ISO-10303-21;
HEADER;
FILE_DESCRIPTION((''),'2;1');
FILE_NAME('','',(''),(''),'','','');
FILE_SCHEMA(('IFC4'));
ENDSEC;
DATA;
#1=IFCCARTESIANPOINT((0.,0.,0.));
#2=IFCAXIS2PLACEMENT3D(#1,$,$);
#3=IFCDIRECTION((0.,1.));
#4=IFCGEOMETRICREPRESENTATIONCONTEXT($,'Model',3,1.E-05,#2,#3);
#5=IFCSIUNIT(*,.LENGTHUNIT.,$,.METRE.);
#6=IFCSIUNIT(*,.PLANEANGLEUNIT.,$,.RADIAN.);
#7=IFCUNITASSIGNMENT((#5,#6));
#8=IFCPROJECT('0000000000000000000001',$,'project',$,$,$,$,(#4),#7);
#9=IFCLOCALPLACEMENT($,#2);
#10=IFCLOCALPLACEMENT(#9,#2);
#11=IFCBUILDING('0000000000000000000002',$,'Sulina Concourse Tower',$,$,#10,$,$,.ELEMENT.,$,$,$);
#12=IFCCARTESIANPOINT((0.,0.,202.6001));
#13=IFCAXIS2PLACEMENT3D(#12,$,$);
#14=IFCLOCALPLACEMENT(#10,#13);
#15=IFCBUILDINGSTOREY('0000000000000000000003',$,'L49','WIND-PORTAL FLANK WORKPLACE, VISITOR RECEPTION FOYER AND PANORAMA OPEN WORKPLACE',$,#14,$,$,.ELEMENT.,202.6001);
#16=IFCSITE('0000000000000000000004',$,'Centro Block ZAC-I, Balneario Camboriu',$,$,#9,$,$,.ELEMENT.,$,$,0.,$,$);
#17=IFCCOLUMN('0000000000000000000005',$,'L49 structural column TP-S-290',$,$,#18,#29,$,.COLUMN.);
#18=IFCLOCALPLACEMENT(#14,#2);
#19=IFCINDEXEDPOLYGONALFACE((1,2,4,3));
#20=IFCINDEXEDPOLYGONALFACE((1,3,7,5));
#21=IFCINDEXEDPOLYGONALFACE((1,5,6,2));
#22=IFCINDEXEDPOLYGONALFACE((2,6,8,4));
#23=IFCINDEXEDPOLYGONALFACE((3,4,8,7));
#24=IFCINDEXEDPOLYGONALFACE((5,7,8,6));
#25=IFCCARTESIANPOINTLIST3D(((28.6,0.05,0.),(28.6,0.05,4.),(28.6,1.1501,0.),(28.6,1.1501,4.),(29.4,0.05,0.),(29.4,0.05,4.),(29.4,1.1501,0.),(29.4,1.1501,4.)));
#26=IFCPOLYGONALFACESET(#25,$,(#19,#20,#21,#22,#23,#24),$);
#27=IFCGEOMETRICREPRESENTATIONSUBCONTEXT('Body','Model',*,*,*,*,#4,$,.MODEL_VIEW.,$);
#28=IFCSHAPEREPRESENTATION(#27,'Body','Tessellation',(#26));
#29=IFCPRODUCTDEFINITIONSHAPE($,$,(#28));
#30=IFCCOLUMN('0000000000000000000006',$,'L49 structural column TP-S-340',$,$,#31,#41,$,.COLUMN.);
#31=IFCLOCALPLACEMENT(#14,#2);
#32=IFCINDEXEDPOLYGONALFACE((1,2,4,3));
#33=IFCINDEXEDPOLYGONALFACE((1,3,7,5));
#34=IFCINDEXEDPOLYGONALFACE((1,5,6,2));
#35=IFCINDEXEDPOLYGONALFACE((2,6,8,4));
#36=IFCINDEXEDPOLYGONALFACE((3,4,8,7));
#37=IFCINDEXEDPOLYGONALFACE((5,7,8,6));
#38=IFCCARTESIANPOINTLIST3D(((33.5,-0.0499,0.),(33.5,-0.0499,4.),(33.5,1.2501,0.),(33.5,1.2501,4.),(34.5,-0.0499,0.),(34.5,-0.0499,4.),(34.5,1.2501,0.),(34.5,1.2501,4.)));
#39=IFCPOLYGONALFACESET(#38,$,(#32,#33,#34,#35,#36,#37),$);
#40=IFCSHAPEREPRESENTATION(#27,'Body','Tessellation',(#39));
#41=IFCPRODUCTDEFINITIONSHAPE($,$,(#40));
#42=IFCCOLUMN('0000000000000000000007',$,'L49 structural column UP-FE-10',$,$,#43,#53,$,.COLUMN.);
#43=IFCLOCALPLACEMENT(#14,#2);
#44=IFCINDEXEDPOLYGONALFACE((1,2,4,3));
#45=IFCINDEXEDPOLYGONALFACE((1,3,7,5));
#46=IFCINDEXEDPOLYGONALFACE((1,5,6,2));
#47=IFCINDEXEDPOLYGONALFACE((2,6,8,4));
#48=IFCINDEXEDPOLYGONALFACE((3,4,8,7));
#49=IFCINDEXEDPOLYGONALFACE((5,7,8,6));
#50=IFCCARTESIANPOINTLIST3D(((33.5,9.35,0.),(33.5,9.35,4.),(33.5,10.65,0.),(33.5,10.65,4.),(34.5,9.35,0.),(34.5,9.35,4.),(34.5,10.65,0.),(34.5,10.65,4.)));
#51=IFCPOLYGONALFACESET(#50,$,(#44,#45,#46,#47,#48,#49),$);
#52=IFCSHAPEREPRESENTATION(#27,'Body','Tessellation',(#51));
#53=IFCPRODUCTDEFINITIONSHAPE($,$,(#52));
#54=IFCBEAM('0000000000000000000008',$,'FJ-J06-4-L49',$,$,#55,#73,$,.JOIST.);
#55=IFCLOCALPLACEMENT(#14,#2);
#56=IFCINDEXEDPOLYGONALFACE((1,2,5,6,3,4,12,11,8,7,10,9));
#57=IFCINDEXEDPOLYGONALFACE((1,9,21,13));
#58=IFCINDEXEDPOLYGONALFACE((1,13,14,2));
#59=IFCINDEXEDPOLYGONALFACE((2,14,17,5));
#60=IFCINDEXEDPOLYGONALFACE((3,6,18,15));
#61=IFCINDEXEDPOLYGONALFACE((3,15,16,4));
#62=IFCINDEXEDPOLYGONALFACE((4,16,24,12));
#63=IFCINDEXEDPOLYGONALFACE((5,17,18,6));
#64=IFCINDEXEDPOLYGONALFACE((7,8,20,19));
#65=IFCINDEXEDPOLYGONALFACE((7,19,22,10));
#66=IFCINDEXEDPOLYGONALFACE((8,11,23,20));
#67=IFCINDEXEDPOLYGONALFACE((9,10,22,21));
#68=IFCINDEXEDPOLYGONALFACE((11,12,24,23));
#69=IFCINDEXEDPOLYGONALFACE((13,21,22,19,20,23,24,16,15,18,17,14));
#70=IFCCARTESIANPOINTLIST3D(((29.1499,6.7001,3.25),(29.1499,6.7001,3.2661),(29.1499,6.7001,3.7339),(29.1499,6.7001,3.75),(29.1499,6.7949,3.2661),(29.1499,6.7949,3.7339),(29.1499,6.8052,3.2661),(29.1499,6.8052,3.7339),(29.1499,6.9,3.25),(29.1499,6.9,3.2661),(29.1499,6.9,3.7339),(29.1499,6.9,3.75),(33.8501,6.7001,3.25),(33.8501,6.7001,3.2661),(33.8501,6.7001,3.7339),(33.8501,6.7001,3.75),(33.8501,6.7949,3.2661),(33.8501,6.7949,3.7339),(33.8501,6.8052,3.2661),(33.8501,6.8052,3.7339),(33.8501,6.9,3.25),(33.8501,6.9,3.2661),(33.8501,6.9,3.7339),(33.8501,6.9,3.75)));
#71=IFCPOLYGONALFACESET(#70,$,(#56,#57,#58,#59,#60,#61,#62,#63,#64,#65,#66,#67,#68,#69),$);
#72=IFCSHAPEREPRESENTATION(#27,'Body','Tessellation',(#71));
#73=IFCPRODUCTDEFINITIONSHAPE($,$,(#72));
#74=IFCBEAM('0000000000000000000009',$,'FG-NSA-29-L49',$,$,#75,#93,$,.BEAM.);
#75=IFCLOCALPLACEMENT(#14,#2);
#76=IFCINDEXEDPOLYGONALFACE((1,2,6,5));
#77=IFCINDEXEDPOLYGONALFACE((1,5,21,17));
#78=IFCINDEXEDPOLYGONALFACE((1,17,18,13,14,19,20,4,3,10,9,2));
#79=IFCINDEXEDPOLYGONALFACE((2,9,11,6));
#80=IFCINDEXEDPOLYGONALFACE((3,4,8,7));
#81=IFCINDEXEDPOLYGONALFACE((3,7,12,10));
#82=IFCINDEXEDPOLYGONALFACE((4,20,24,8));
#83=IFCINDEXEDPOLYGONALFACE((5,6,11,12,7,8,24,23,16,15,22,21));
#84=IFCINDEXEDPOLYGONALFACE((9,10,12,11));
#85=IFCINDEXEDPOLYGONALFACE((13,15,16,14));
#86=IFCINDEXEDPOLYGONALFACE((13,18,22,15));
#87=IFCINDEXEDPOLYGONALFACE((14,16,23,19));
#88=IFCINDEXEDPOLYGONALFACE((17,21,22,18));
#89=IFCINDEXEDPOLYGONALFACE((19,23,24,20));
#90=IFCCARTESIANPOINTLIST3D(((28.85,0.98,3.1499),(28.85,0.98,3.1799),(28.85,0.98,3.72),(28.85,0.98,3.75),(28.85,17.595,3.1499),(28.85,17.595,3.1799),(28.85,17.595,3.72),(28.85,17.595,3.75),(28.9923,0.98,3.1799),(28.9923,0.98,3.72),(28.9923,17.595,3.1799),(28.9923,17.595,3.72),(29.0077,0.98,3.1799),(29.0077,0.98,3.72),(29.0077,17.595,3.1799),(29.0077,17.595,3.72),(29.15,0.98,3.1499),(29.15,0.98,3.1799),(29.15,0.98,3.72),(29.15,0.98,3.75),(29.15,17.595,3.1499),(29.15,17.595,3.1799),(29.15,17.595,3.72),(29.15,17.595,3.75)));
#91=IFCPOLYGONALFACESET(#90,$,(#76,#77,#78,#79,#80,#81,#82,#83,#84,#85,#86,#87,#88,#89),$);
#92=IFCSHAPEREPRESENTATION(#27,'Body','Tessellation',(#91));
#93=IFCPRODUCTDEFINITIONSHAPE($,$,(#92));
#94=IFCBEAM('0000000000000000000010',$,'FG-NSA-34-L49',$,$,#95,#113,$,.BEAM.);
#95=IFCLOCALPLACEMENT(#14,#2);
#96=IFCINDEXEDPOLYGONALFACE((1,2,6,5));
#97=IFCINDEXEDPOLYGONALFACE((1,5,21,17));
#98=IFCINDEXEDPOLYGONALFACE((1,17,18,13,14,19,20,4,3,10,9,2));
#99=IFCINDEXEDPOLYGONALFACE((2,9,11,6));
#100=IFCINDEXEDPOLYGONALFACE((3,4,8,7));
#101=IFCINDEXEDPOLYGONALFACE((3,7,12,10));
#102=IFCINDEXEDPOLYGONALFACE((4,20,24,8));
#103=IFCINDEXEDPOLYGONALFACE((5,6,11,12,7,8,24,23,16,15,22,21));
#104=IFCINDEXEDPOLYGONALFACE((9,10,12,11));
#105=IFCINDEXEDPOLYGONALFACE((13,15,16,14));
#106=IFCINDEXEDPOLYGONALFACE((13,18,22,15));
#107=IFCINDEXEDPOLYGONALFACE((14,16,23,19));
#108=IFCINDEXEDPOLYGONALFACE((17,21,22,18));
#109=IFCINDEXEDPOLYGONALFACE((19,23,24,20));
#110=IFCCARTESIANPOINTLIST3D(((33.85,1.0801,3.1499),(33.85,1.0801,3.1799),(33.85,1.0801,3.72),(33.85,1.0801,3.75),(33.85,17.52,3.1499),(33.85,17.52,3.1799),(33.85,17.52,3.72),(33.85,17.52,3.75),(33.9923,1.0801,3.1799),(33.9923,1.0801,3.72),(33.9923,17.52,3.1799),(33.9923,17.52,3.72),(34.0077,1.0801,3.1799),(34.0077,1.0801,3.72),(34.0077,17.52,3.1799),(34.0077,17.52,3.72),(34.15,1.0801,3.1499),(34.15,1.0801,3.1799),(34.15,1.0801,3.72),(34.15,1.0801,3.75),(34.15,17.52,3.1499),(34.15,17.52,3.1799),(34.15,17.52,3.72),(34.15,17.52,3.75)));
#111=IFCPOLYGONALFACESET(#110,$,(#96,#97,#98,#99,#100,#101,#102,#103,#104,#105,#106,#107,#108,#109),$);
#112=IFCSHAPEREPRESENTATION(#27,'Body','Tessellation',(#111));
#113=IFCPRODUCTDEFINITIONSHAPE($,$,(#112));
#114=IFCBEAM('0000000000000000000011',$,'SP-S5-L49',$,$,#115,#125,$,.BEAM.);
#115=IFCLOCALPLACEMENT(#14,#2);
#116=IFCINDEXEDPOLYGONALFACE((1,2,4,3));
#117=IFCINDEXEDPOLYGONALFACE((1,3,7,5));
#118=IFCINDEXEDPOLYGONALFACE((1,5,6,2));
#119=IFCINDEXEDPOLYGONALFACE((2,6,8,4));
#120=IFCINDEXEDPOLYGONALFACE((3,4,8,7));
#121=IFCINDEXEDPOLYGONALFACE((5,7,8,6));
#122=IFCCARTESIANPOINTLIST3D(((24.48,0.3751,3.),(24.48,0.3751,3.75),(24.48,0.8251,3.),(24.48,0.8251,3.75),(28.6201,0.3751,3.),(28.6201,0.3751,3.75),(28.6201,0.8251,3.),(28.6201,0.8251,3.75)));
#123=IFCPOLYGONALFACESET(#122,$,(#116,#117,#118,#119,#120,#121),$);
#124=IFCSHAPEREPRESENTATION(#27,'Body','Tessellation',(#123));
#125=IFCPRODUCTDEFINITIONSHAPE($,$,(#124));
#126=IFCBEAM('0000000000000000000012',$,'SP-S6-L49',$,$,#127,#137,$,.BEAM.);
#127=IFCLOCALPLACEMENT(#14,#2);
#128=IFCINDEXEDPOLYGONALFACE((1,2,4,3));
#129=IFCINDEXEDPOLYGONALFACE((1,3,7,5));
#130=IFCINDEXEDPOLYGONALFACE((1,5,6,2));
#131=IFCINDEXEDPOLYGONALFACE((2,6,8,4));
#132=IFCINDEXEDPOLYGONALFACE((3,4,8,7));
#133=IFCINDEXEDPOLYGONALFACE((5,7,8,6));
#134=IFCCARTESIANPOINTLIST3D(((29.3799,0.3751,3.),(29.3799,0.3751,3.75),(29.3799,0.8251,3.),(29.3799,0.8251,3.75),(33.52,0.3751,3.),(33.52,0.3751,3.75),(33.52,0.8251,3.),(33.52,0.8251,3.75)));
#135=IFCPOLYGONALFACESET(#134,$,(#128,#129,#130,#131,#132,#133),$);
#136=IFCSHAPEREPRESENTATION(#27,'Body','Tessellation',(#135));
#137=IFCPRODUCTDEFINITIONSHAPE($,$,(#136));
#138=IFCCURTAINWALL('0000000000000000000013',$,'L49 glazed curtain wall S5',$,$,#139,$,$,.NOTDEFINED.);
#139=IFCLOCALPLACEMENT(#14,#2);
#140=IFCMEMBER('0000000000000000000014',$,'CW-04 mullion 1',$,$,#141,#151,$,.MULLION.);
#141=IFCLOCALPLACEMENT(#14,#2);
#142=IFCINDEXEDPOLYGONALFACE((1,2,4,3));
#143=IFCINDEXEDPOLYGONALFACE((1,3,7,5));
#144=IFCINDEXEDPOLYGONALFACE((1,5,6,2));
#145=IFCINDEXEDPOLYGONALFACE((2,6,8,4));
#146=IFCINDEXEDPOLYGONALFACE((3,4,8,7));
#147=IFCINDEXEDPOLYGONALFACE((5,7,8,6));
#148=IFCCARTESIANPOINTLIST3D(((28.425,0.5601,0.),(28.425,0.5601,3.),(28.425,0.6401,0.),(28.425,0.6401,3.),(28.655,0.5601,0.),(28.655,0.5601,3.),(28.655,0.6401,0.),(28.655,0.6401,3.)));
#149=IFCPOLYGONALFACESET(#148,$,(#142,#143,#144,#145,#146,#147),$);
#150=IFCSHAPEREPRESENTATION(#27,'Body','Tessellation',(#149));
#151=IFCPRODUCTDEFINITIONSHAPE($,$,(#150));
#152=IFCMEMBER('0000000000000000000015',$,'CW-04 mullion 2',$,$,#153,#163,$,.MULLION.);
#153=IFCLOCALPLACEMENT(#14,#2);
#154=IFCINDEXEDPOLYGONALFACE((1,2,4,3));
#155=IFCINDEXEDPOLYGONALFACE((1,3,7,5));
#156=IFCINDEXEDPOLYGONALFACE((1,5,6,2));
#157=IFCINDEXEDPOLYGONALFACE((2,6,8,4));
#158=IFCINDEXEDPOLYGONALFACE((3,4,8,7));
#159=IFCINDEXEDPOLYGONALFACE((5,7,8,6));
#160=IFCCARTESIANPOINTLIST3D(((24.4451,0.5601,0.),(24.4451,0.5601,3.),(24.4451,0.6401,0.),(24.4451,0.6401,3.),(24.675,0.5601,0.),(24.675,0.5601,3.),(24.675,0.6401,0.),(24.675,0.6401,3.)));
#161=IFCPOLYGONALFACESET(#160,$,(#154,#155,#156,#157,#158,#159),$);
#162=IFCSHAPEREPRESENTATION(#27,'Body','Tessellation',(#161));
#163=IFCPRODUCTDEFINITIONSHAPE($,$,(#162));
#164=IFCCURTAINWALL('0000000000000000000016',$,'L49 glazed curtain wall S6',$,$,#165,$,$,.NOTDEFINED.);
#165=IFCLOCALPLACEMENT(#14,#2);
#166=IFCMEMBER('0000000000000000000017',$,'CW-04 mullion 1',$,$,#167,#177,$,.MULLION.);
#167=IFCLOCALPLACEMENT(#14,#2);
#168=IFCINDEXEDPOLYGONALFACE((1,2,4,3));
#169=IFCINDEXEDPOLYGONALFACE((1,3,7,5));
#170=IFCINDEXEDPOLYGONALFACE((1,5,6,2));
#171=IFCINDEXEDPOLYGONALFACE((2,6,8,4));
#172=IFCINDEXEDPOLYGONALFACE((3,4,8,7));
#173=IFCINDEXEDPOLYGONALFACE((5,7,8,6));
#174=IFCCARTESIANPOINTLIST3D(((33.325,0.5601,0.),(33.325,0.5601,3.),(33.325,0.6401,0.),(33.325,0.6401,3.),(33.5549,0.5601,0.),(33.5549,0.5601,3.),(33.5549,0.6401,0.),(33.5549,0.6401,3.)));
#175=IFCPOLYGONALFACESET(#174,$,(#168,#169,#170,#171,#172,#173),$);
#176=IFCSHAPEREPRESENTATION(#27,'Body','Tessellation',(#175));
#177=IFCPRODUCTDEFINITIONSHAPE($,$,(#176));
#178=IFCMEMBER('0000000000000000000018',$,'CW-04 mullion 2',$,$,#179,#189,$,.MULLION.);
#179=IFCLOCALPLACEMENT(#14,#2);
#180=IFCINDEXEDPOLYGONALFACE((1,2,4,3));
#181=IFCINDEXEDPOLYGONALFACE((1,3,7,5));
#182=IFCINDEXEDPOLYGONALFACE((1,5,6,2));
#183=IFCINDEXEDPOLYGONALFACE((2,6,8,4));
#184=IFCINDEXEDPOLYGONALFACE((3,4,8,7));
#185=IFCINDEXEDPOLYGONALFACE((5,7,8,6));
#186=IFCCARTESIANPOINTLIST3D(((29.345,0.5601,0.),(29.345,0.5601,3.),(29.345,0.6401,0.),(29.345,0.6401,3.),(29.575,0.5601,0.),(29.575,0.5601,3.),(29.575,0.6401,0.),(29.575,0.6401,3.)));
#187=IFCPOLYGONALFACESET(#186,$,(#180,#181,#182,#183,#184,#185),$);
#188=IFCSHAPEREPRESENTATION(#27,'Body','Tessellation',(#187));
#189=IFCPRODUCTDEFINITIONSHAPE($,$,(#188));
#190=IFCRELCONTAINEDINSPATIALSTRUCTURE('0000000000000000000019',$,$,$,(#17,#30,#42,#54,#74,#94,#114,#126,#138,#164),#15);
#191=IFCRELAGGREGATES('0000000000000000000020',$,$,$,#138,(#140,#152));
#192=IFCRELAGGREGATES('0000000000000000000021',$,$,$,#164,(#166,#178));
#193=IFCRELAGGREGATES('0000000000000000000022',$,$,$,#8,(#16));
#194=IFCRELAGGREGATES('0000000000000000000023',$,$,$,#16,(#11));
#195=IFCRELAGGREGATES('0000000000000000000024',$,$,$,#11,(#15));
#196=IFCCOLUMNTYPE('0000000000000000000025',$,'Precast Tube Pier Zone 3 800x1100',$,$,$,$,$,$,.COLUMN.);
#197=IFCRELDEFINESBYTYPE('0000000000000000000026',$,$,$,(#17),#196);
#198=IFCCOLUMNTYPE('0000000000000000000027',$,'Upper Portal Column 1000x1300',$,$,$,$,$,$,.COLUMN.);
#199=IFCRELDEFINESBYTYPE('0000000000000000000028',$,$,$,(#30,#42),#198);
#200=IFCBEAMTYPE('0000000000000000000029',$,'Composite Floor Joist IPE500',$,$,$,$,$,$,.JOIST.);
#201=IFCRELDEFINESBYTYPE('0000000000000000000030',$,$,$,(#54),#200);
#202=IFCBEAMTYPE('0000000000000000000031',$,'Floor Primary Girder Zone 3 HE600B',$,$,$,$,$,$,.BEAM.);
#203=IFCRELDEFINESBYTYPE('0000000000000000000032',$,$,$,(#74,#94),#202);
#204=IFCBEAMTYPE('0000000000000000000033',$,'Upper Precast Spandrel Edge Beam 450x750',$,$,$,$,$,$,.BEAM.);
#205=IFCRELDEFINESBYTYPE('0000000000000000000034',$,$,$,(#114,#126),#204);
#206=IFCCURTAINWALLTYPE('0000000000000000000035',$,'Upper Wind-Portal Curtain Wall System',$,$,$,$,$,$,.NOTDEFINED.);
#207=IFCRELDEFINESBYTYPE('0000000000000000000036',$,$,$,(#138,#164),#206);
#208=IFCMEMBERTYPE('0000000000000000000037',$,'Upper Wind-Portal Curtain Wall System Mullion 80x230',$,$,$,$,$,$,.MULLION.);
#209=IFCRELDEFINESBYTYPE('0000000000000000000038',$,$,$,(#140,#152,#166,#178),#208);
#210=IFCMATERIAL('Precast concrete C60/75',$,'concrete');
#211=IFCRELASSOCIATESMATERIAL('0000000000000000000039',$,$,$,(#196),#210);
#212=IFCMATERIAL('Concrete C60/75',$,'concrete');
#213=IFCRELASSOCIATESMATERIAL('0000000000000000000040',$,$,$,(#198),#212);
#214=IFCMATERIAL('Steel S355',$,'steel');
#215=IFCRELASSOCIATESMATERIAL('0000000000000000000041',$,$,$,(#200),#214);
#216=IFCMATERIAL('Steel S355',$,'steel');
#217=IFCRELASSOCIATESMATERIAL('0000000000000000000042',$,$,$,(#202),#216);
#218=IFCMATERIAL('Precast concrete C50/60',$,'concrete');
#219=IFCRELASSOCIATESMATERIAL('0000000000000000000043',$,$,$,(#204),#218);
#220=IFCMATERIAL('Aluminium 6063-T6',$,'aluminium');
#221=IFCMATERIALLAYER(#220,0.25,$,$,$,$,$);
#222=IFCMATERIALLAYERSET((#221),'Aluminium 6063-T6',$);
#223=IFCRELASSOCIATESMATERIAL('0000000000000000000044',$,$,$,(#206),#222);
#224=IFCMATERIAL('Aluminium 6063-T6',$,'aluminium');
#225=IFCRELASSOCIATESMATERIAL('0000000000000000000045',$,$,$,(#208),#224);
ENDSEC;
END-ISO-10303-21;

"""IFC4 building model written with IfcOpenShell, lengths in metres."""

from ifc_helpers import new_model, si_unit, direction, frame, origin, origin_2d, place, context, subcontext, project, spatial, rectangle, i_section, extrude, material, layer, layer_set, material_profile, profile_set, type_object, element, aggregate, save


model = new_model("IFC4")

# Units and contexts
model_context = context("Model", 3, precision=1e-05, world=origin(), true_north=direction((0.0, 1.0)))
body_context = subcontext(model_context, "Body", "Model", "MODEL_VIEW")
ifc_project = project(units=[si_unit("LENGTHUNIT", "METRE"), si_unit("PLANEANGLEUNIT", "RADIAN")], contexts=[model_context])

# Site, building, storey
site_placement = place(None, origin())
site = spatial("IfcSite", under=ifc_project, at=site_placement, Name="Centro Block ZAC-I, Balneario Camboriu", CompositionType="ELEMENT", RefElevation=0.0)
building_placement = place(site_placement, origin())
building = spatial("IfcBuilding", under=site, at=building_placement, Name="Sulina Concourse Tower", CompositionType="ELEMENT")
storey_placement = place(building_placement, frame((0.0, 0.0, 202.6001)))
storey = spatial("IfcBuildingStorey", under=building, at=storey_placement, Name="L49", Description="WIND-PORTAL FLANK WORKPLACE, VISITOR RECEPTION FOYER AND PANORAMA OPEN WORKPLACE", CompositionType="ELEMENT", Elevation=202.6001)

# Columns
ifc_material_1 = material(Name="Precast concrete C60/75", Category="concrete")
ifc_material_profile_1 = material_profile(ifc_material_1, rectangle(XDim=0.8, YDim=1.1001, at=origin_2d()), Name="PC 800x1100")
ifc_profile_set_1 = profile_set([ifc_material_profile_1], Name="Precast concrete C60/75")
column_type_1 = type_object("IfcColumnType", Name="Precast Tube Pier Zone 3 800x1100", PredefinedType="COLUMN", material=ifc_profile_set_1)
column_placement = place(storey_placement, frame((29.0, 0.6001, 0.0), z_axis=(0.0, 0.0, 1.0), x_axis=(1.0, 0.0, 0.0)))
element("IfcColumn", 1, at=column_placement, inside=storey, type_object=column_type_1, Name="L49 structural column TP-S-290", PredefinedType="COLUMN", context=body_context, shape_type="SweptSolid", body=[
    extrude(rectangle(XDim=0.8, YDim=1.1001, at=origin_2d()), origin(), (0.0, 0.0, 1.0), 4.0),
])
ifc_material_2 = material(Name="Concrete C60/75", Category="concrete")
ifc_material_profile_2 = material_profile(ifc_material_2, rectangle(XDim=1.0, YDim=1.3, at=origin_2d()), Name="RC 1000x1300")
ifc_profile_set_2 = profile_set([ifc_material_profile_2], Name="Concrete C60/75")
column_type_2 = type_object("IfcColumnType", Name="Upper Portal Column 1000x1300", PredefinedType="COLUMN", material=ifc_profile_set_2)
for number, where, z_axis, x_axis, name in (
    (2, (34.0, 0.6001, 0.0), (0.0, 0.0, 1.0), (1.0, 0.0, 0.0), "L49 structural column TP-S-340"),
    (3, (34.0, 10.0, 0.0), (0.0, 0.0, 1.0), (1.0, 0.0, 0.0), "L49 structural column UP-FE-10"),
):
    element("IfcColumn", number, at=place(storey_placement, frame(where, z_axis=z_axis, x_axis=x_axis)), inside=storey, type_object=column_type_2, Name=name, PredefinedType="COLUMN", context=body_context, shape_type="SweptSolid", body=[
        extrude(rectangle(XDim=1.0, YDim=1.3, at=origin_2d()), origin(), (0.0, 0.0, 1.0), 4.0),
    ])

# Beams
ifc_material_3 = material(Name="Steel S355", Category="steel")
ifc_material_profile_3 = material_profile(ifc_material_3, i_section(OverallWidth=0.2, OverallDepth=0.5, WebThickness=0.0103, FlangeThickness=0.0161, at=origin_2d()), Name="IPE 500")
ifc_profile_set_3 = profile_set([ifc_material_profile_3], Name="Steel S355")
beam_type_1 = type_object("IfcBeamType", Name="Composite Floor Joist IPE500", PredefinedType="JOIST", material=ifc_profile_set_3)
beam_1_placement = place(storey_placement, frame((29.1499, 6.8, 3.5), z_axis=(1.0, 0.0, 0.0), x_axis=(0.0, 1.0, 0.0)))
element("IfcBeam", 4, at=beam_1_placement, inside=storey, type_object=beam_type_1, Name="FJ-J06-4-L49", PredefinedType="JOIST", context=body_context, shape_type="SweptSolid", body=[
    extrude(i_section(OverallWidth=0.2, OverallDepth=0.5, WebThickness=0.0103, FlangeThickness=0.0161, at=origin_2d()), origin(), (0.0, 0.0, 1.0), 4.7002),
])
ifc_material_4 = material(Name="Steel S355", Category="steel")
ifc_material_profile_4 = material_profile(ifc_material_4, i_section(OverallWidth=0.3, OverallDepth=0.6001, WebThickness=0.0154, FlangeThickness=0.03, at=origin_2d()), Name="HE 600 B")
ifc_profile_set_4 = profile_set([ifc_material_profile_4], Name="Steel S355")
beam_type_2 = type_object("IfcBeamType", Name="Floor Primary Girder Zone 3 HE600B", PredefinedType="BEAM", material=ifc_profile_set_4)
beam_2_placement = place(storey_placement, frame((29.0, 0.98, 3.45), z_axis=(0.0, 1.0, 0.0), x_axis=(-1.0, 0.0, 0.0)))
element("IfcBeam", 5, at=beam_2_placement, inside=storey, type_object=beam_type_2, Name="FG-NSA-29-L49", PredefinedType="BEAM", context=body_context, shape_type="SweptSolid", body=[
    extrude(i_section(OverallWidth=0.3, OverallDepth=0.6001, WebThickness=0.0154, FlangeThickness=0.03, at=origin_2d()), origin(), (0.0, 0.0, 1.0), 16.615),
])
beam_3_placement = place(storey_placement, frame((34.0, 1.0801, 3.45), z_axis=(0.0, 1.0, 0.0), x_axis=(-1.0, 0.0, 0.0)))
element("IfcBeam", 6, at=beam_3_placement, inside=storey, type_object=beam_type_2, Name="FG-NSA-34-L49", PredefinedType="BEAM", context=body_context, shape_type="SweptSolid", body=[
    extrude(i_section(OverallWidth=0.3, OverallDepth=0.6001, WebThickness=0.0154, FlangeThickness=0.03, at=origin_2d()), origin(), (0.0, 0.0, 1.0), 16.4399),
])
ifc_material_5 = material(Name="Precast concrete C50/60", Category="concrete")
ifc_material_profile_5 = material_profile(ifc_material_5, rectangle(XDim=0.45, YDim=0.75, at=origin_2d()), Name="RC 450x750")
ifc_profile_set_5 = profile_set([ifc_material_profile_5], Name="Precast concrete C50/60")
beam_type_3 = type_object("IfcBeamType", Name="Upper Precast Spandrel Edge Beam 450x750", PredefinedType="BEAM", material=ifc_profile_set_5)
for number, where, z_axis, x_axis, name in (
    (7, (24.48, 0.6001, 3.375), (1.0, 0.0, 0.0), (0.0, 1.0, 0.0), "SP-S5-L49"),
    (8, (29.3799, 0.6001, 3.375), (1.0, 0.0, 0.0), (0.0, 1.0, 0.0), "SP-S6-L49"),
):
    element("IfcBeam", number, at=place(storey_placement, frame(where, z_axis=z_axis, x_axis=x_axis)), inside=storey, type_object=beam_type_3, Name=name, PredefinedType="BEAM", context=body_context, shape_type="SweptSolid", body=[
        extrude(rectangle(XDim=0.45, YDim=0.75, at=origin_2d()), origin(), (0.0, 0.0, 1.0), 4.1401),
    ])

# Curtain walls, members
ifc_material_6 = material(Name="Aluminium 6063-T6", Category="aluminium")
ifc_layer_1 = layer(ifc_material_6, 0.25)
ifc_layer_set_1 = layer_set([ifc_layer_1], Name="Aluminium 6063-T6")
curtain_wall_type = type_object("IfcCurtainWallType", Name="Upper Wind-Portal Curtain Wall System", PredefinedType="NOTDEFINED", material=ifc_layer_set_1)
curtain_wall_1_placement = place(storey_placement, origin())
curtain_wall_1 = element("IfcCurtainWall", 9, at=curtain_wall_1_placement, inside=storey, type_object=curtain_wall_type, Name="L49 glazed curtain wall S5", PredefinedType="NOTDEFINED")
ifc_material_7 = material(Name="Aluminium 6063-T6", Category="aluminium")
ifc_material_profile_6 = material_profile(ifc_material_7, rectangle(XDim=0.0801, YDim=0.23, at=origin_2d()), Name="MUL 80x230")
ifc_profile_set_6 = profile_set([ifc_material_profile_6], Name="Aluminium 6063-T6")
member_type_1 = type_object("IfcMemberType", Name="Upper Wind-Portal Curtain Wall System Mullion 80x230", PredefinedType="MULLION", material=ifc_profile_set_6)
member_1_placement = place(storey_placement, frame((28.54, 0.6001, 0.0), z_axis=(0.0, 0.0, 1.0), x_axis=(0.0, -1.0, 0.0)))
member_1 = element("IfcMember", 10, at=member_1_placement, type_object=member_type_1, Name="CW-04 mullion 1", PredefinedType="MULLION", context=body_context, shape_type="SweptSolid", body=[
    extrude(rectangle(XDim=0.0801, YDim=0.23, at=origin_2d()), origin(), (0.0, 0.0, 1.0), 3.0),
])
member_2_placement = place(storey_placement, frame((24.5601, 0.6001, 0.0), z_axis=(0.0, 0.0, 1.0), x_axis=(0.0, -1.0, 0.0)))
member_2 = element("IfcMember", 11, at=member_2_placement, type_object=member_type_1, Name="CW-04 mullion 2", PredefinedType="MULLION", context=body_context, shape_type="SweptSolid", body=[
    extrude(rectangle(XDim=0.0801, YDim=0.23, at=origin_2d()), origin(), (0.0, 0.0, 1.0), 3.0),
])
curtain_wall_2_placement = place(storey_placement, origin())
curtain_wall_2 = element("IfcCurtainWall", 12, at=curtain_wall_2_placement, inside=storey, type_object=curtain_wall_type, Name="L49 glazed curtain wall S6", PredefinedType="NOTDEFINED")
member_3_placement = place(storey_placement, frame((33.4399, 0.6001, 0.0), z_axis=(0.0, 0.0, 1.0), x_axis=(0.0, -1.0, 0.0)))
member_3 = element("IfcMember", 13, at=member_3_placement, type_object=member_type_1, Name="CW-04 mullion 1", PredefinedType="MULLION", context=body_context, shape_type="SweptSolid", body=[
    extrude(rectangle(XDim=0.0801, YDim=0.23, at=origin_2d()), origin(), (0.0, 0.0, 1.0), 3.0),
])
member_4_placement = place(storey_placement, frame((29.46, 0.6001, 0.0), z_axis=(0.0, 0.0, 1.0), x_axis=(0.0, -1.0, 0.0)))
member_4 = element("IfcMember", 14, at=member_4_placement, type_object=member_type_1, Name="CW-04 mullion 2", PredefinedType="MULLION", context=body_context, shape_type="SweptSolid", body=[
    extrude(rectangle(XDim=0.0801, YDim=0.23, at=origin_2d()), origin(), (0.0, 0.0, 1.0), 3.0),
])

aggregate(curtain_wall_1, [member_1, member_2])
aggregate(curtain_wall_2, [member_3, member_4])

save(model, "model.ifc")
